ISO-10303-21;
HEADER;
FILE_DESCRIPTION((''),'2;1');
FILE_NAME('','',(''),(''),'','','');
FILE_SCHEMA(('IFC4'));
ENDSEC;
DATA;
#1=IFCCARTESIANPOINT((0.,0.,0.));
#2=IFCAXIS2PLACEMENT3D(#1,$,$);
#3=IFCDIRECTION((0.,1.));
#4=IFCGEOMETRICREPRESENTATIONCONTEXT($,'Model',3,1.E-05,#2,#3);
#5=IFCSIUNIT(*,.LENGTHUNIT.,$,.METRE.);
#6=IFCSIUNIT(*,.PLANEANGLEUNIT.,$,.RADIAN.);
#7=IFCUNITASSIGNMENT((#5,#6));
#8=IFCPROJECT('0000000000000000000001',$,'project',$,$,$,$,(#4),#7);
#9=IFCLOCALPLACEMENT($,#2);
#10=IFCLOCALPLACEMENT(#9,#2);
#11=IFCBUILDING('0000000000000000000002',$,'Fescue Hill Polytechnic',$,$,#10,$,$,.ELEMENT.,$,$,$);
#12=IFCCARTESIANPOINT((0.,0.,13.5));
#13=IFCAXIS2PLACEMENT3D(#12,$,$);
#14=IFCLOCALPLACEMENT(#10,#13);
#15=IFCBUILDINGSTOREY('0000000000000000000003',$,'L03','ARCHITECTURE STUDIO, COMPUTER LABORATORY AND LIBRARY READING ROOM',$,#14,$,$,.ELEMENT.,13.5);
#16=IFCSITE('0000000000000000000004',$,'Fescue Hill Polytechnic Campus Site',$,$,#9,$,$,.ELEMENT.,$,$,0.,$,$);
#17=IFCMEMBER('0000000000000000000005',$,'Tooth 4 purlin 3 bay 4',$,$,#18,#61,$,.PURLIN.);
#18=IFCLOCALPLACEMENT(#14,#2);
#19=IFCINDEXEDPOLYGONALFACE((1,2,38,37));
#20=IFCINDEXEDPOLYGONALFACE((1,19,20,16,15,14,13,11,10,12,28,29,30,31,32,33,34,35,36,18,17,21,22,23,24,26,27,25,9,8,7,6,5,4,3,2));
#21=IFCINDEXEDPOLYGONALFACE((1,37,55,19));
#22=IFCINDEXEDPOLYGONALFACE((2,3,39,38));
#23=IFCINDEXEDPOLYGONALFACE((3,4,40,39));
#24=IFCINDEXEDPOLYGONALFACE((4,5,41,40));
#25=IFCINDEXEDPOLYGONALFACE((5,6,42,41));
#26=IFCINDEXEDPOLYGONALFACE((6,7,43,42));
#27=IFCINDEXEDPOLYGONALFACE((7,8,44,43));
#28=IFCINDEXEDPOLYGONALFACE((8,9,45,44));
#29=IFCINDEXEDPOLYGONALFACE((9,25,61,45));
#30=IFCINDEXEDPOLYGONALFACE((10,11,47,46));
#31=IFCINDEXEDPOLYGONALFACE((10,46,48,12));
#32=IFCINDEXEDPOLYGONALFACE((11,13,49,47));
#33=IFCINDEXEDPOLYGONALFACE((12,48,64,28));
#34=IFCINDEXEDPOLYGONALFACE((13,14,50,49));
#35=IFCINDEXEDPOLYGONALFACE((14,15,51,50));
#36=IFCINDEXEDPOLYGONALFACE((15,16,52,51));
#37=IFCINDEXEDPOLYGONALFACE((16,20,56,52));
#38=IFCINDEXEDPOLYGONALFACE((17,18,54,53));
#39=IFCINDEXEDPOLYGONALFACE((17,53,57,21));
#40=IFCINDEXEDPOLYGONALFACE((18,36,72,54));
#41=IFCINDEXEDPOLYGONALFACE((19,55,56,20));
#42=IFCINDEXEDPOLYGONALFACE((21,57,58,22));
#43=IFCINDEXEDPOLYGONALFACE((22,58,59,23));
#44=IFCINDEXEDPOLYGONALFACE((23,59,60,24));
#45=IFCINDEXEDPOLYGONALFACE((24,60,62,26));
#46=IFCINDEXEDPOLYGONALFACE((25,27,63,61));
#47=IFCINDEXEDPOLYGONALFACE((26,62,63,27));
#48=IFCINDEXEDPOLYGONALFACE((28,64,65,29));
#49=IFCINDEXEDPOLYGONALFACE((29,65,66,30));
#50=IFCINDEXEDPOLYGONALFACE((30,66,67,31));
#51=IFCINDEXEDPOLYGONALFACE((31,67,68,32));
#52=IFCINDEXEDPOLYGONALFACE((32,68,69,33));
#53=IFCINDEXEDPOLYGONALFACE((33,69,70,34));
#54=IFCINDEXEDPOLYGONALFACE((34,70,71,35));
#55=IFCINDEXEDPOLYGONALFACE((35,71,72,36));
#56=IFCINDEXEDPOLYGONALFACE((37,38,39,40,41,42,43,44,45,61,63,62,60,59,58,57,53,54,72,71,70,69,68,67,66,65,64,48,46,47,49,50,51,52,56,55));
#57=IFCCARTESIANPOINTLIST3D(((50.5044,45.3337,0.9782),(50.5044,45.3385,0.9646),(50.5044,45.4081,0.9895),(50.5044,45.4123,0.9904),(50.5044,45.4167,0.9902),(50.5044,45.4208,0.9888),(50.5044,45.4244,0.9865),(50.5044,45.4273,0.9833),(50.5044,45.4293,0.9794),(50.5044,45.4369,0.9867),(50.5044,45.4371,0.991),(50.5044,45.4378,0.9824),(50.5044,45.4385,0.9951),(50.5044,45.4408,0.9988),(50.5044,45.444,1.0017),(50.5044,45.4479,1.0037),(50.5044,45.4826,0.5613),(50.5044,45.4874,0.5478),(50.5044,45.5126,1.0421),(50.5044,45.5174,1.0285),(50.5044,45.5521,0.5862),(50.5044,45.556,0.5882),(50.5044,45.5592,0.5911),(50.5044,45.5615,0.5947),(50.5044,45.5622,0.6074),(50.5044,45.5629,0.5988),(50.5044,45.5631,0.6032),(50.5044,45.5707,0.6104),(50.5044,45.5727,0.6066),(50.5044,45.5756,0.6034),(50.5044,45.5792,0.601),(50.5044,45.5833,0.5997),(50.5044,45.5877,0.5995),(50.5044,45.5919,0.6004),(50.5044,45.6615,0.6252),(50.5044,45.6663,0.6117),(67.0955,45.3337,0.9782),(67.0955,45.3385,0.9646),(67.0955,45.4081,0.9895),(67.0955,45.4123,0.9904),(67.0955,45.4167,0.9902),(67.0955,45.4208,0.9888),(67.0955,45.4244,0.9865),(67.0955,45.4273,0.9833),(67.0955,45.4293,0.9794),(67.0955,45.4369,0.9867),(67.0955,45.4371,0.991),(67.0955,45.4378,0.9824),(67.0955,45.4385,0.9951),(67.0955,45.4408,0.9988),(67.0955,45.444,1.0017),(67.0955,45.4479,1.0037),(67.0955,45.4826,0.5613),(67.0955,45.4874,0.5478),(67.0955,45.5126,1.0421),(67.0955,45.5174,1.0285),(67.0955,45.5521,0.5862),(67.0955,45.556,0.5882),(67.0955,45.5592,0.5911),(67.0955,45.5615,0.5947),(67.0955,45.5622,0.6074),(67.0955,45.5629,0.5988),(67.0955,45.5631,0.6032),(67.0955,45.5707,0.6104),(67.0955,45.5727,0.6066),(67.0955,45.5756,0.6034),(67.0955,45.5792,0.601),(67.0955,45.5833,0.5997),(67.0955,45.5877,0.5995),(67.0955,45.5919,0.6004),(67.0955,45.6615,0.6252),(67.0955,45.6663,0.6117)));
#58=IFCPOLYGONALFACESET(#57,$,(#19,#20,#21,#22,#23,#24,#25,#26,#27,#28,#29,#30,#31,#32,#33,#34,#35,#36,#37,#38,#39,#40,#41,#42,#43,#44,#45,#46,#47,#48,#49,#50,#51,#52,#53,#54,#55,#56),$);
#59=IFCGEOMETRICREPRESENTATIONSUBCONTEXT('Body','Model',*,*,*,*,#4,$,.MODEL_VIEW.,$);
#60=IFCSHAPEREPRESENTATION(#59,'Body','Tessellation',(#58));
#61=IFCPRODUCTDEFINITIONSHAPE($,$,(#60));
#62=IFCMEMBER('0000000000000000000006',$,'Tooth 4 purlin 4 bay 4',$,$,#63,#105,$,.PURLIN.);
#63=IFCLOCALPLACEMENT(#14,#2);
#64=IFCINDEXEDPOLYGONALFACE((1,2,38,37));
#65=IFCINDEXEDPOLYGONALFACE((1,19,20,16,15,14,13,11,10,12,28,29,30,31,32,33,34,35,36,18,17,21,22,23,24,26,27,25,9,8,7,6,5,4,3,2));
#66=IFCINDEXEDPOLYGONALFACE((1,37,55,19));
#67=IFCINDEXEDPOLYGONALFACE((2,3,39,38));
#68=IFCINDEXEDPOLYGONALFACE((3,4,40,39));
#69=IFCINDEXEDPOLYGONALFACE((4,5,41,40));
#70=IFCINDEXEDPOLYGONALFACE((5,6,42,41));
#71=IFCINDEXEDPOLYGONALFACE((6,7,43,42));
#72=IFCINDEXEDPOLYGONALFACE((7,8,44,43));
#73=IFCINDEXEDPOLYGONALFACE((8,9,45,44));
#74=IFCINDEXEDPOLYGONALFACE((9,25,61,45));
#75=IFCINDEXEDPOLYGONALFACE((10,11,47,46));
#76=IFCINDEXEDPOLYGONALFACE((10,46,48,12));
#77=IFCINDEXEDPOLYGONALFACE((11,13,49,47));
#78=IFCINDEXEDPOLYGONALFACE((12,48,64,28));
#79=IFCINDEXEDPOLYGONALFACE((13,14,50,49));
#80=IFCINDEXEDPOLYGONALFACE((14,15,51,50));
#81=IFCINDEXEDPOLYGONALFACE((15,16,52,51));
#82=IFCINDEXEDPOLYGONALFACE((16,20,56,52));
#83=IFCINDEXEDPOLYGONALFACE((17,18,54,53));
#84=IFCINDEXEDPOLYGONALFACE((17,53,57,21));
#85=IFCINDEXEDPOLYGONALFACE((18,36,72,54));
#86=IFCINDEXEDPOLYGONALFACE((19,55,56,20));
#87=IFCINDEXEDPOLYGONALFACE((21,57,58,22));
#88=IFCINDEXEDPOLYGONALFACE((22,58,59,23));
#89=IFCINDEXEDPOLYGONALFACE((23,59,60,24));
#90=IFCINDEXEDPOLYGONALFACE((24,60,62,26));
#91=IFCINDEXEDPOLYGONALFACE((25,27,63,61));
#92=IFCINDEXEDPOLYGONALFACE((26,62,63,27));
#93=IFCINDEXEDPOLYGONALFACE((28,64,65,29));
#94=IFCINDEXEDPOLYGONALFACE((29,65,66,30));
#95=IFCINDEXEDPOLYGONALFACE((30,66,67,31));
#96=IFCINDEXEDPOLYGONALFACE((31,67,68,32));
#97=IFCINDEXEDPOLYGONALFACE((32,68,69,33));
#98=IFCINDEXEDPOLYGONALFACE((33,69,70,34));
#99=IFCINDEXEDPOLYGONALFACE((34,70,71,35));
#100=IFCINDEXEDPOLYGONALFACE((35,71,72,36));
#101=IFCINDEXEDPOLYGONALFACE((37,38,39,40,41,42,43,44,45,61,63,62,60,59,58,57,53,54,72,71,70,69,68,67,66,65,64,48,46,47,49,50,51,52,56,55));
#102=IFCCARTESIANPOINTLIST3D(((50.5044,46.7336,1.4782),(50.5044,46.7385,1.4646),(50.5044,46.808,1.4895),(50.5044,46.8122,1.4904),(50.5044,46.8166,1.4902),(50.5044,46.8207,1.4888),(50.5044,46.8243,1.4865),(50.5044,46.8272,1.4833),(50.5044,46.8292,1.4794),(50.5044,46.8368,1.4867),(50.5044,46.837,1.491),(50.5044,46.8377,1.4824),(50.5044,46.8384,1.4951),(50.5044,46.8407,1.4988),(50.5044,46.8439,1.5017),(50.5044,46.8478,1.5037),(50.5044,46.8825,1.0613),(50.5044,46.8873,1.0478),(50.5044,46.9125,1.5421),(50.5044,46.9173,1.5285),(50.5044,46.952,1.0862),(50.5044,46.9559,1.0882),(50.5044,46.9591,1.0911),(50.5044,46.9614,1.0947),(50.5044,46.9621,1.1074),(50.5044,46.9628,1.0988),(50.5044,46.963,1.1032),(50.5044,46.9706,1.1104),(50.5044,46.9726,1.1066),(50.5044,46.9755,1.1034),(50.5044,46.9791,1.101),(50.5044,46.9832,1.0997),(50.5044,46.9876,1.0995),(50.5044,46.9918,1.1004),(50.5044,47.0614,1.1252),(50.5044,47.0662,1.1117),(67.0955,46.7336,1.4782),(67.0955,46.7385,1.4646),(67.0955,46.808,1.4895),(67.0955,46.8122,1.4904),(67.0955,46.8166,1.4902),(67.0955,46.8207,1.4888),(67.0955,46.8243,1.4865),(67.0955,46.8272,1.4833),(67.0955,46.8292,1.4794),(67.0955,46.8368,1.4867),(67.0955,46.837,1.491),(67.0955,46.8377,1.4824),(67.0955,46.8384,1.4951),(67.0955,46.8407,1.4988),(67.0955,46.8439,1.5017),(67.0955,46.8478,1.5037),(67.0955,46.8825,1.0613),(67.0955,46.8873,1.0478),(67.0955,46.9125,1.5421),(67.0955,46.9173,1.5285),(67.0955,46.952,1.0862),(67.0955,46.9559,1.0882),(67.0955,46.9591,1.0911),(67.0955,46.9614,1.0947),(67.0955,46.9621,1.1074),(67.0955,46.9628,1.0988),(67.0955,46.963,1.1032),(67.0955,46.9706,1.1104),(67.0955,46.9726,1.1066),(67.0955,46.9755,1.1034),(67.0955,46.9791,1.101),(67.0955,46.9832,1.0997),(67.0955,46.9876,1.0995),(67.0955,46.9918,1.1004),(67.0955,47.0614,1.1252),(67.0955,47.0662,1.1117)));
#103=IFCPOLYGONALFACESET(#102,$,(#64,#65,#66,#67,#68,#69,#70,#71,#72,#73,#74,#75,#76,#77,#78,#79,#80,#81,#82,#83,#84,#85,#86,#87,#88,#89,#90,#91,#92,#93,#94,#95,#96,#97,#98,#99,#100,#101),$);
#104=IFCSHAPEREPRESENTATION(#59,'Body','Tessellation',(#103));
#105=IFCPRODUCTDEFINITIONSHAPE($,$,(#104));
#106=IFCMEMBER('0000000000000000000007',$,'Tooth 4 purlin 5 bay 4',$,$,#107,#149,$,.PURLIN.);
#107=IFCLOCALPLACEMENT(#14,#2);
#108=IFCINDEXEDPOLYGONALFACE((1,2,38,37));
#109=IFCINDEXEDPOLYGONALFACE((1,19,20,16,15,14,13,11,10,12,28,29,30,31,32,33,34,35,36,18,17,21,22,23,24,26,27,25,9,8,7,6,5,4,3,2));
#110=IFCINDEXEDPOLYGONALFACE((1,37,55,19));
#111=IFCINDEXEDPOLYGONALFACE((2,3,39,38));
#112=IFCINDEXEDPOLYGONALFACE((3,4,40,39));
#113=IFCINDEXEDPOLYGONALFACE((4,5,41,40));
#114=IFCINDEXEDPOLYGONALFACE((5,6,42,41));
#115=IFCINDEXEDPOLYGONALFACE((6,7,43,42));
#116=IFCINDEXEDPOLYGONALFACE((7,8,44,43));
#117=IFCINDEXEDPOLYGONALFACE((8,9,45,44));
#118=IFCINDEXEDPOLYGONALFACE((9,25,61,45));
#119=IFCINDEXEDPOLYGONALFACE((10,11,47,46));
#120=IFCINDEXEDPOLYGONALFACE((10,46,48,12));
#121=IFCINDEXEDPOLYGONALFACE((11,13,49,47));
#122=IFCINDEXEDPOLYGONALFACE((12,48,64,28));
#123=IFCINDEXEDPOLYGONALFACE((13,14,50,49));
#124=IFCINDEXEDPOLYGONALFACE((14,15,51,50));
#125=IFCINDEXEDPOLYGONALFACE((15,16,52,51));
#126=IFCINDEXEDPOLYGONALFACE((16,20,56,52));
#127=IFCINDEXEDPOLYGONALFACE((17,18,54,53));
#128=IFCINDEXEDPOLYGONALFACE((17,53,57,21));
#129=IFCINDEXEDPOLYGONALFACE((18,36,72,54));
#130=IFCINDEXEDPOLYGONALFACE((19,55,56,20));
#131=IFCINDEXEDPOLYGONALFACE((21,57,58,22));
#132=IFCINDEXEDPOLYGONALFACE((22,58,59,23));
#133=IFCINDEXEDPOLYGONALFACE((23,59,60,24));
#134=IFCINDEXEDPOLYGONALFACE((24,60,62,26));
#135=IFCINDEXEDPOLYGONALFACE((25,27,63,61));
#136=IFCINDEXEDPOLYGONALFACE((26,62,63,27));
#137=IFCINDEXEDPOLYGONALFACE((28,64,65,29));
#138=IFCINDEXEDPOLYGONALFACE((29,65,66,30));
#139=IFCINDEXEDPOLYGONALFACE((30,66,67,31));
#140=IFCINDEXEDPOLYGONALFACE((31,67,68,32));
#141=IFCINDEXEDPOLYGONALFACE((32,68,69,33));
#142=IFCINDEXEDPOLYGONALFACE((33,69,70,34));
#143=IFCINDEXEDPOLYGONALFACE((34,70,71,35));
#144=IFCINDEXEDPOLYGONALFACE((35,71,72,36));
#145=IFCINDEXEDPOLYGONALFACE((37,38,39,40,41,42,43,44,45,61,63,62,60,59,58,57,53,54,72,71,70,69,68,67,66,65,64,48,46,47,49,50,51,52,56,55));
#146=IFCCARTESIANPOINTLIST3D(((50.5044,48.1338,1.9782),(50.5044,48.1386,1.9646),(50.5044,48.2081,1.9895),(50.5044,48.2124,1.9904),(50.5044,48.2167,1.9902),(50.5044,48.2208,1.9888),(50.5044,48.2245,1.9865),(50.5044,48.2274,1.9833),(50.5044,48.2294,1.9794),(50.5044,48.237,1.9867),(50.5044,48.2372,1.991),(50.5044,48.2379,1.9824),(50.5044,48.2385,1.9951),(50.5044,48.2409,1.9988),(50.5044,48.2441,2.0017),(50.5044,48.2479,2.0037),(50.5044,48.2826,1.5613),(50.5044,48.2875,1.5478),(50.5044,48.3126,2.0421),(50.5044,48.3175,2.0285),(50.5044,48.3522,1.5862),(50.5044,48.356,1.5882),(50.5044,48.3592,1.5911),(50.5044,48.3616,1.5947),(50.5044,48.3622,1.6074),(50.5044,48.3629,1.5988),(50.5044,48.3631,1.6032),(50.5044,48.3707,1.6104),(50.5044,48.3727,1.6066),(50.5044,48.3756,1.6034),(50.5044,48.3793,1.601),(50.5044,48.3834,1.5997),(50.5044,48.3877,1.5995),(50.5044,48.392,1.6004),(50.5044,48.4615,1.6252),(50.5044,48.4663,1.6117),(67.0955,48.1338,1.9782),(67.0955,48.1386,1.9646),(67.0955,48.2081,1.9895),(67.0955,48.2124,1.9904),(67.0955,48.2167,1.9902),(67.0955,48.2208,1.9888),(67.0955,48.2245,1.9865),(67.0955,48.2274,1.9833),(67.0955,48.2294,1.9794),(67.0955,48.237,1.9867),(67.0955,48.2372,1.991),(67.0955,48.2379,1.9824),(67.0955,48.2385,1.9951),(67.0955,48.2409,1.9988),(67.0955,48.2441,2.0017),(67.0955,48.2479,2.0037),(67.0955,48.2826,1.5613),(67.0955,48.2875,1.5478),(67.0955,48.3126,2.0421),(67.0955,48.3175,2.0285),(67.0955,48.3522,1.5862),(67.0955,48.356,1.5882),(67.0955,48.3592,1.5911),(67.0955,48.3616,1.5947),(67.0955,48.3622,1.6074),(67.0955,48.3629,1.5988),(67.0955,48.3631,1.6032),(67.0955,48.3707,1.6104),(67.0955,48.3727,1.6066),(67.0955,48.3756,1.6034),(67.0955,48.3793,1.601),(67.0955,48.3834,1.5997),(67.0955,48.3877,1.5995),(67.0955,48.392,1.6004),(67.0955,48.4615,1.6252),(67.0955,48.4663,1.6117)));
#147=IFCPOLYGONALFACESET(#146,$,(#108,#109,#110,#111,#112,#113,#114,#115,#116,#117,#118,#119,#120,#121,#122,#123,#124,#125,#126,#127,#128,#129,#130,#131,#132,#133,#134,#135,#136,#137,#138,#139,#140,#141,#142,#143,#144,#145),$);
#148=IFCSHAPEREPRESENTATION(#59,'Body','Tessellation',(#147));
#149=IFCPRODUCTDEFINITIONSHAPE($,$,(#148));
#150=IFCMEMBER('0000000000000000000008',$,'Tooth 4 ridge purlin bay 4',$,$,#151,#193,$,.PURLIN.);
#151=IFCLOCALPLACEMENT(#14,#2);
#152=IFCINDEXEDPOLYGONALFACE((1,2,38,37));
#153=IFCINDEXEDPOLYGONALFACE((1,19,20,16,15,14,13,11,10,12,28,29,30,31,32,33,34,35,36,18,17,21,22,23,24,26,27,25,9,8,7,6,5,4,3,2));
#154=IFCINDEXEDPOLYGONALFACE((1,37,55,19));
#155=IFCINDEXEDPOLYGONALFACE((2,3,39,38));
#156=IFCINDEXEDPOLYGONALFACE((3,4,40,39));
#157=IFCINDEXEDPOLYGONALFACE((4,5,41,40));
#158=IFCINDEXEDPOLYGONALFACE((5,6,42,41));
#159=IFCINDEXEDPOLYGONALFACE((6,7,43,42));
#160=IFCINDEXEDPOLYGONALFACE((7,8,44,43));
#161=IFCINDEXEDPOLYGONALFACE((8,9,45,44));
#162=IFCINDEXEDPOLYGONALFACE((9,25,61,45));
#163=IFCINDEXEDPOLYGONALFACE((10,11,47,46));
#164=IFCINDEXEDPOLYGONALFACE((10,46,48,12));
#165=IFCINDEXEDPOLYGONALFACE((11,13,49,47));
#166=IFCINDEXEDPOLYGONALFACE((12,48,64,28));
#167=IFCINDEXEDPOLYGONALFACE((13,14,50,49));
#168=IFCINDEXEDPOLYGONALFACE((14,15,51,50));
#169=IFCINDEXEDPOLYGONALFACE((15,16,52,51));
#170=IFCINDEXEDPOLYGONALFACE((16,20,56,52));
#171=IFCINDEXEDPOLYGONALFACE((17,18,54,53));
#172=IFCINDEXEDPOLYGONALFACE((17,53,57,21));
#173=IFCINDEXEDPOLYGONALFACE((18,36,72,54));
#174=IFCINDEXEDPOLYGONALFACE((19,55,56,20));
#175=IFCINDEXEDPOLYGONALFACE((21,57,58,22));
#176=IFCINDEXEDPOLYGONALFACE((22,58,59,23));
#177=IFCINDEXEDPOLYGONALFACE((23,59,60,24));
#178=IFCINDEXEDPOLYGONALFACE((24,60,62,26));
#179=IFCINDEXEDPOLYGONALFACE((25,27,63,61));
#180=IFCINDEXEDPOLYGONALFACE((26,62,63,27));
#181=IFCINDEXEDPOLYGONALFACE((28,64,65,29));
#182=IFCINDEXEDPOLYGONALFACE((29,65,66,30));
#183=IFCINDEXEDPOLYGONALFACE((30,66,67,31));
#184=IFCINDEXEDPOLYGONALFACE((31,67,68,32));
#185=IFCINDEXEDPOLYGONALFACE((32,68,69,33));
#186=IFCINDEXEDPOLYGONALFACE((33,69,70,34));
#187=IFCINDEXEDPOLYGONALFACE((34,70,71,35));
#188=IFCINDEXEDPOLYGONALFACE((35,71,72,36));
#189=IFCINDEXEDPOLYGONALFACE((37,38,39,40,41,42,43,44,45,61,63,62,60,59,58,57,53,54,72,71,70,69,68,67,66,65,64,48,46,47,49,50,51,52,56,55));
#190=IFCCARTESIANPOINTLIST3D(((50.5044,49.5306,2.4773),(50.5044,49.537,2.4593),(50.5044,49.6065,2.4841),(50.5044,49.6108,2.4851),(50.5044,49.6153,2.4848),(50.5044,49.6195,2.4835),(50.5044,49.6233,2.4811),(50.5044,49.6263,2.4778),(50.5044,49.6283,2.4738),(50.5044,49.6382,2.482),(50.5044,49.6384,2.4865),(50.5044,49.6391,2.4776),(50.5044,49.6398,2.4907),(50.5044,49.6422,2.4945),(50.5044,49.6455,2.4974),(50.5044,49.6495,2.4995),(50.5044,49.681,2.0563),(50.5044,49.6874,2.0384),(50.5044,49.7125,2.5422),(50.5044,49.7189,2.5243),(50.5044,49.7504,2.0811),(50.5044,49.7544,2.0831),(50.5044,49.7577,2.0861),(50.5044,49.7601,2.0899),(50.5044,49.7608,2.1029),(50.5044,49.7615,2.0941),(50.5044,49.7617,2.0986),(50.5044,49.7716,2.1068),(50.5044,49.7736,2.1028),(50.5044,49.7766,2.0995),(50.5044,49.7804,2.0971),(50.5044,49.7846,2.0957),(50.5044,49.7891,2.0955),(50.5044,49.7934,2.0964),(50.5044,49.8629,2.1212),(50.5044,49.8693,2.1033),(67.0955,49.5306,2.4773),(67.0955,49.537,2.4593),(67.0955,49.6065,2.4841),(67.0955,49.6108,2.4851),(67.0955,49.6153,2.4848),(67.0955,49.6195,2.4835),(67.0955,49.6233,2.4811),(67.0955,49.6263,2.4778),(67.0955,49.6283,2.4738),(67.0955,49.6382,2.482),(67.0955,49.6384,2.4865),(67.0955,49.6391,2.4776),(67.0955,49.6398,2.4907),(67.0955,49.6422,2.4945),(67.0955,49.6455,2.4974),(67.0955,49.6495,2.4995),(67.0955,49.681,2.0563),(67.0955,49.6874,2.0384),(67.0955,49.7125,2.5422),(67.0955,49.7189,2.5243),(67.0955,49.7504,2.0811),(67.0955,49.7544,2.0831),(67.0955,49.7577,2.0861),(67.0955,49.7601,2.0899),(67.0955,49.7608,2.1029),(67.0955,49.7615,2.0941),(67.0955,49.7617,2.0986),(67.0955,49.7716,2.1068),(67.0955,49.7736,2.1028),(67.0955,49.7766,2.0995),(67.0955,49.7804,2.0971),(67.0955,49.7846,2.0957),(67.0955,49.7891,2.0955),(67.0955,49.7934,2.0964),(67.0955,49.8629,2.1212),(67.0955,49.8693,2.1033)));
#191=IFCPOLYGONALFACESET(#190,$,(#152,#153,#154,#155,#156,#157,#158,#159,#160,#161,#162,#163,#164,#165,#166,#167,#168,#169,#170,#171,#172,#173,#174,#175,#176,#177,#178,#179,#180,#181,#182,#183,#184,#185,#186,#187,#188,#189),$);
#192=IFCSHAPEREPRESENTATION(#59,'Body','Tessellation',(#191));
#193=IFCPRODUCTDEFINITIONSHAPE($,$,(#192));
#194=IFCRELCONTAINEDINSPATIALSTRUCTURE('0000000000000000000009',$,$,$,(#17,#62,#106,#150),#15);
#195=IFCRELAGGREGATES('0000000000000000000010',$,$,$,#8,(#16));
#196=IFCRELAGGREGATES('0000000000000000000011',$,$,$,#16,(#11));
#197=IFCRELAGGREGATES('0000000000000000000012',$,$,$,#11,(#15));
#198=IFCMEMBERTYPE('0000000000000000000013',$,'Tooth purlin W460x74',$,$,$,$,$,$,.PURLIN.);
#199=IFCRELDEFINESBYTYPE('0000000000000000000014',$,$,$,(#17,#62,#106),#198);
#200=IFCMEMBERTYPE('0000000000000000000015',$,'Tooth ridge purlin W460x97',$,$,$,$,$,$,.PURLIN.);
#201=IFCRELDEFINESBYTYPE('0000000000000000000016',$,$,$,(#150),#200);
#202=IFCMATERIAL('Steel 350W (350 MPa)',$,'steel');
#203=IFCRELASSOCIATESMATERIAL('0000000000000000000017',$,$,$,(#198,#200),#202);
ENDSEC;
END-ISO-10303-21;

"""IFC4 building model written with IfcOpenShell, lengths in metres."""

from ifc_helpers import new_model, si_unit, direction, frame, origin, origin_2d, place, context, subcontext, project, spatial, i_section, extrude, material, material_profile, profile_set, type_object, element, save


model = new_model("IFC4")

# Units and contexts
model_context = context("Model", 3, precision=1e-05, world=origin(), true_north=direction((0.0, 1.0)))
body_context = subcontext(model_context, "Body", "Model", "MODEL_VIEW")
ifc_project = project(units=[si_unit("LENGTHUNIT", "METRE"), si_unit("PLANEANGLEUNIT", "RADIAN")], contexts=[model_context])

# Site, building, storey
site_placement = place(None, origin())
site = spatial("IfcSite", under=ifc_project, at=site_placement, Name="Fescue Hill Polytechnic Campus Site", CompositionType="ELEMENT", RefElevation=0.0)
building_placement = place(site_placement, origin())
building = spatial("IfcBuilding", under=site, at=building_placement, Name="Fescue Hill Polytechnic", CompositionType="ELEMENT")
storey_placement = place(building_placement, frame((0.0, 0.0, 13.5)))
storey = spatial("IfcBuildingStorey", under=building, at=storey_placement, Name="L03", Description="ARCHITECTURE STUDIO, COMPUTER LABORATORY AND LIBRARY READING ROOM", CompositionType="ELEMENT", Elevation=13.5)

# Members
ifc_material_1 = material(Name="Steel 350W (350 MPa)", Category="steel")
ifc_material_profile_1 = material_profile(ifc_material_1, i_section(OverallWidth=0.1899, OverallDepth=0.457, WebThickness=0.009, FlangeThickness=0.0144, FilletRadius=0.0166, at=origin_2d()), Name="W460x74")
ifc_profile_set_1 = profile_set([ifc_material_profile_1], Name="Steel 350W (350 MPa)")
member_type_1 = type_object("IfcMemberType", Name="Tooth purlin W460x74", PredefinedType="PURLIN", material=ifc_profile_set_1)
for number, where, z_axis, x_axis, name in (
    (1, (50.5044, 45.5, 0.7949), (1.0, 0.0, 0.0), (0.0, 0.941742, 0.336336), "Tooth 4 purlin 3 bay 4"),
    (2, (50.5044, 46.8999, 1.2949), (1.0, 0.0, 0.0), (0.0, 0.941742, 0.336336), "Tooth 4 purlin 4 bay 4"),
    (3, (50.5044, 48.3, 1.7949), (1.0, 0.0, 0.0), (0.0, 0.941742, 0.336336), "Tooth 4 purlin 5 bay 4"),
):
    element("IfcMember", number, at=place(storey_placement, frame(where, z_axis=z_axis, x_axis=x_axis)), inside=storey, type_object=member_type_1, Name=name, PredefinedType="PURLIN", context=body_context, shape_type="SweptSolid", body=[
        extrude(i_section(OverallWidth=0.1899, OverallDepth=0.457, WebThickness=0.009, FlangeThickness=0.0144, FilletRadius=0.0166, at=origin_2d()), origin(), (0.0, 0.0, 1.0), 16.5911),
    ])
ifc_material_profile_2 = material_profile(ifc_material_1, i_section(OverallWidth=0.1931, OverallDepth=0.4661, WebThickness=0.0115, FlangeThickness=0.019, FilletRadius=0.0171, at=origin_2d()), Name="W460x97")
ifc_profile_set_2 = profile_set([ifc_material_profile_2], Name="Steel 350W (350 MPa)")
member_type_2 = type_object("IfcMemberType", Name="Tooth ridge purlin W460x97", PredefinedType="PURLIN", material=ifc_profile_set_2)
member_1_placement = place(storey_placement, frame((50.5044, 49.7, 2.2903), z_axis=(1.0, 0.0, 0.0), x_axis=(0.0, 0.941742, 0.336336)))
element("IfcMember", 4, at=member_1_placement, inside=storey, type_object=member_type_2, Name="Tooth 4 ridge purlin bay 4", PredefinedType="PURLIN", context=body_context, shape_type="SweptSolid", body=[
    extrude(i_section(OverallWidth=0.1931, OverallDepth=0.4661, WebThickness=0.0115, FlangeThickness=0.019, FilletRadius=0.0171, at=origin_2d()), origin(), (0.0, 0.0, 1.0), 16.5911),
])

save(model, "model.ifc")
